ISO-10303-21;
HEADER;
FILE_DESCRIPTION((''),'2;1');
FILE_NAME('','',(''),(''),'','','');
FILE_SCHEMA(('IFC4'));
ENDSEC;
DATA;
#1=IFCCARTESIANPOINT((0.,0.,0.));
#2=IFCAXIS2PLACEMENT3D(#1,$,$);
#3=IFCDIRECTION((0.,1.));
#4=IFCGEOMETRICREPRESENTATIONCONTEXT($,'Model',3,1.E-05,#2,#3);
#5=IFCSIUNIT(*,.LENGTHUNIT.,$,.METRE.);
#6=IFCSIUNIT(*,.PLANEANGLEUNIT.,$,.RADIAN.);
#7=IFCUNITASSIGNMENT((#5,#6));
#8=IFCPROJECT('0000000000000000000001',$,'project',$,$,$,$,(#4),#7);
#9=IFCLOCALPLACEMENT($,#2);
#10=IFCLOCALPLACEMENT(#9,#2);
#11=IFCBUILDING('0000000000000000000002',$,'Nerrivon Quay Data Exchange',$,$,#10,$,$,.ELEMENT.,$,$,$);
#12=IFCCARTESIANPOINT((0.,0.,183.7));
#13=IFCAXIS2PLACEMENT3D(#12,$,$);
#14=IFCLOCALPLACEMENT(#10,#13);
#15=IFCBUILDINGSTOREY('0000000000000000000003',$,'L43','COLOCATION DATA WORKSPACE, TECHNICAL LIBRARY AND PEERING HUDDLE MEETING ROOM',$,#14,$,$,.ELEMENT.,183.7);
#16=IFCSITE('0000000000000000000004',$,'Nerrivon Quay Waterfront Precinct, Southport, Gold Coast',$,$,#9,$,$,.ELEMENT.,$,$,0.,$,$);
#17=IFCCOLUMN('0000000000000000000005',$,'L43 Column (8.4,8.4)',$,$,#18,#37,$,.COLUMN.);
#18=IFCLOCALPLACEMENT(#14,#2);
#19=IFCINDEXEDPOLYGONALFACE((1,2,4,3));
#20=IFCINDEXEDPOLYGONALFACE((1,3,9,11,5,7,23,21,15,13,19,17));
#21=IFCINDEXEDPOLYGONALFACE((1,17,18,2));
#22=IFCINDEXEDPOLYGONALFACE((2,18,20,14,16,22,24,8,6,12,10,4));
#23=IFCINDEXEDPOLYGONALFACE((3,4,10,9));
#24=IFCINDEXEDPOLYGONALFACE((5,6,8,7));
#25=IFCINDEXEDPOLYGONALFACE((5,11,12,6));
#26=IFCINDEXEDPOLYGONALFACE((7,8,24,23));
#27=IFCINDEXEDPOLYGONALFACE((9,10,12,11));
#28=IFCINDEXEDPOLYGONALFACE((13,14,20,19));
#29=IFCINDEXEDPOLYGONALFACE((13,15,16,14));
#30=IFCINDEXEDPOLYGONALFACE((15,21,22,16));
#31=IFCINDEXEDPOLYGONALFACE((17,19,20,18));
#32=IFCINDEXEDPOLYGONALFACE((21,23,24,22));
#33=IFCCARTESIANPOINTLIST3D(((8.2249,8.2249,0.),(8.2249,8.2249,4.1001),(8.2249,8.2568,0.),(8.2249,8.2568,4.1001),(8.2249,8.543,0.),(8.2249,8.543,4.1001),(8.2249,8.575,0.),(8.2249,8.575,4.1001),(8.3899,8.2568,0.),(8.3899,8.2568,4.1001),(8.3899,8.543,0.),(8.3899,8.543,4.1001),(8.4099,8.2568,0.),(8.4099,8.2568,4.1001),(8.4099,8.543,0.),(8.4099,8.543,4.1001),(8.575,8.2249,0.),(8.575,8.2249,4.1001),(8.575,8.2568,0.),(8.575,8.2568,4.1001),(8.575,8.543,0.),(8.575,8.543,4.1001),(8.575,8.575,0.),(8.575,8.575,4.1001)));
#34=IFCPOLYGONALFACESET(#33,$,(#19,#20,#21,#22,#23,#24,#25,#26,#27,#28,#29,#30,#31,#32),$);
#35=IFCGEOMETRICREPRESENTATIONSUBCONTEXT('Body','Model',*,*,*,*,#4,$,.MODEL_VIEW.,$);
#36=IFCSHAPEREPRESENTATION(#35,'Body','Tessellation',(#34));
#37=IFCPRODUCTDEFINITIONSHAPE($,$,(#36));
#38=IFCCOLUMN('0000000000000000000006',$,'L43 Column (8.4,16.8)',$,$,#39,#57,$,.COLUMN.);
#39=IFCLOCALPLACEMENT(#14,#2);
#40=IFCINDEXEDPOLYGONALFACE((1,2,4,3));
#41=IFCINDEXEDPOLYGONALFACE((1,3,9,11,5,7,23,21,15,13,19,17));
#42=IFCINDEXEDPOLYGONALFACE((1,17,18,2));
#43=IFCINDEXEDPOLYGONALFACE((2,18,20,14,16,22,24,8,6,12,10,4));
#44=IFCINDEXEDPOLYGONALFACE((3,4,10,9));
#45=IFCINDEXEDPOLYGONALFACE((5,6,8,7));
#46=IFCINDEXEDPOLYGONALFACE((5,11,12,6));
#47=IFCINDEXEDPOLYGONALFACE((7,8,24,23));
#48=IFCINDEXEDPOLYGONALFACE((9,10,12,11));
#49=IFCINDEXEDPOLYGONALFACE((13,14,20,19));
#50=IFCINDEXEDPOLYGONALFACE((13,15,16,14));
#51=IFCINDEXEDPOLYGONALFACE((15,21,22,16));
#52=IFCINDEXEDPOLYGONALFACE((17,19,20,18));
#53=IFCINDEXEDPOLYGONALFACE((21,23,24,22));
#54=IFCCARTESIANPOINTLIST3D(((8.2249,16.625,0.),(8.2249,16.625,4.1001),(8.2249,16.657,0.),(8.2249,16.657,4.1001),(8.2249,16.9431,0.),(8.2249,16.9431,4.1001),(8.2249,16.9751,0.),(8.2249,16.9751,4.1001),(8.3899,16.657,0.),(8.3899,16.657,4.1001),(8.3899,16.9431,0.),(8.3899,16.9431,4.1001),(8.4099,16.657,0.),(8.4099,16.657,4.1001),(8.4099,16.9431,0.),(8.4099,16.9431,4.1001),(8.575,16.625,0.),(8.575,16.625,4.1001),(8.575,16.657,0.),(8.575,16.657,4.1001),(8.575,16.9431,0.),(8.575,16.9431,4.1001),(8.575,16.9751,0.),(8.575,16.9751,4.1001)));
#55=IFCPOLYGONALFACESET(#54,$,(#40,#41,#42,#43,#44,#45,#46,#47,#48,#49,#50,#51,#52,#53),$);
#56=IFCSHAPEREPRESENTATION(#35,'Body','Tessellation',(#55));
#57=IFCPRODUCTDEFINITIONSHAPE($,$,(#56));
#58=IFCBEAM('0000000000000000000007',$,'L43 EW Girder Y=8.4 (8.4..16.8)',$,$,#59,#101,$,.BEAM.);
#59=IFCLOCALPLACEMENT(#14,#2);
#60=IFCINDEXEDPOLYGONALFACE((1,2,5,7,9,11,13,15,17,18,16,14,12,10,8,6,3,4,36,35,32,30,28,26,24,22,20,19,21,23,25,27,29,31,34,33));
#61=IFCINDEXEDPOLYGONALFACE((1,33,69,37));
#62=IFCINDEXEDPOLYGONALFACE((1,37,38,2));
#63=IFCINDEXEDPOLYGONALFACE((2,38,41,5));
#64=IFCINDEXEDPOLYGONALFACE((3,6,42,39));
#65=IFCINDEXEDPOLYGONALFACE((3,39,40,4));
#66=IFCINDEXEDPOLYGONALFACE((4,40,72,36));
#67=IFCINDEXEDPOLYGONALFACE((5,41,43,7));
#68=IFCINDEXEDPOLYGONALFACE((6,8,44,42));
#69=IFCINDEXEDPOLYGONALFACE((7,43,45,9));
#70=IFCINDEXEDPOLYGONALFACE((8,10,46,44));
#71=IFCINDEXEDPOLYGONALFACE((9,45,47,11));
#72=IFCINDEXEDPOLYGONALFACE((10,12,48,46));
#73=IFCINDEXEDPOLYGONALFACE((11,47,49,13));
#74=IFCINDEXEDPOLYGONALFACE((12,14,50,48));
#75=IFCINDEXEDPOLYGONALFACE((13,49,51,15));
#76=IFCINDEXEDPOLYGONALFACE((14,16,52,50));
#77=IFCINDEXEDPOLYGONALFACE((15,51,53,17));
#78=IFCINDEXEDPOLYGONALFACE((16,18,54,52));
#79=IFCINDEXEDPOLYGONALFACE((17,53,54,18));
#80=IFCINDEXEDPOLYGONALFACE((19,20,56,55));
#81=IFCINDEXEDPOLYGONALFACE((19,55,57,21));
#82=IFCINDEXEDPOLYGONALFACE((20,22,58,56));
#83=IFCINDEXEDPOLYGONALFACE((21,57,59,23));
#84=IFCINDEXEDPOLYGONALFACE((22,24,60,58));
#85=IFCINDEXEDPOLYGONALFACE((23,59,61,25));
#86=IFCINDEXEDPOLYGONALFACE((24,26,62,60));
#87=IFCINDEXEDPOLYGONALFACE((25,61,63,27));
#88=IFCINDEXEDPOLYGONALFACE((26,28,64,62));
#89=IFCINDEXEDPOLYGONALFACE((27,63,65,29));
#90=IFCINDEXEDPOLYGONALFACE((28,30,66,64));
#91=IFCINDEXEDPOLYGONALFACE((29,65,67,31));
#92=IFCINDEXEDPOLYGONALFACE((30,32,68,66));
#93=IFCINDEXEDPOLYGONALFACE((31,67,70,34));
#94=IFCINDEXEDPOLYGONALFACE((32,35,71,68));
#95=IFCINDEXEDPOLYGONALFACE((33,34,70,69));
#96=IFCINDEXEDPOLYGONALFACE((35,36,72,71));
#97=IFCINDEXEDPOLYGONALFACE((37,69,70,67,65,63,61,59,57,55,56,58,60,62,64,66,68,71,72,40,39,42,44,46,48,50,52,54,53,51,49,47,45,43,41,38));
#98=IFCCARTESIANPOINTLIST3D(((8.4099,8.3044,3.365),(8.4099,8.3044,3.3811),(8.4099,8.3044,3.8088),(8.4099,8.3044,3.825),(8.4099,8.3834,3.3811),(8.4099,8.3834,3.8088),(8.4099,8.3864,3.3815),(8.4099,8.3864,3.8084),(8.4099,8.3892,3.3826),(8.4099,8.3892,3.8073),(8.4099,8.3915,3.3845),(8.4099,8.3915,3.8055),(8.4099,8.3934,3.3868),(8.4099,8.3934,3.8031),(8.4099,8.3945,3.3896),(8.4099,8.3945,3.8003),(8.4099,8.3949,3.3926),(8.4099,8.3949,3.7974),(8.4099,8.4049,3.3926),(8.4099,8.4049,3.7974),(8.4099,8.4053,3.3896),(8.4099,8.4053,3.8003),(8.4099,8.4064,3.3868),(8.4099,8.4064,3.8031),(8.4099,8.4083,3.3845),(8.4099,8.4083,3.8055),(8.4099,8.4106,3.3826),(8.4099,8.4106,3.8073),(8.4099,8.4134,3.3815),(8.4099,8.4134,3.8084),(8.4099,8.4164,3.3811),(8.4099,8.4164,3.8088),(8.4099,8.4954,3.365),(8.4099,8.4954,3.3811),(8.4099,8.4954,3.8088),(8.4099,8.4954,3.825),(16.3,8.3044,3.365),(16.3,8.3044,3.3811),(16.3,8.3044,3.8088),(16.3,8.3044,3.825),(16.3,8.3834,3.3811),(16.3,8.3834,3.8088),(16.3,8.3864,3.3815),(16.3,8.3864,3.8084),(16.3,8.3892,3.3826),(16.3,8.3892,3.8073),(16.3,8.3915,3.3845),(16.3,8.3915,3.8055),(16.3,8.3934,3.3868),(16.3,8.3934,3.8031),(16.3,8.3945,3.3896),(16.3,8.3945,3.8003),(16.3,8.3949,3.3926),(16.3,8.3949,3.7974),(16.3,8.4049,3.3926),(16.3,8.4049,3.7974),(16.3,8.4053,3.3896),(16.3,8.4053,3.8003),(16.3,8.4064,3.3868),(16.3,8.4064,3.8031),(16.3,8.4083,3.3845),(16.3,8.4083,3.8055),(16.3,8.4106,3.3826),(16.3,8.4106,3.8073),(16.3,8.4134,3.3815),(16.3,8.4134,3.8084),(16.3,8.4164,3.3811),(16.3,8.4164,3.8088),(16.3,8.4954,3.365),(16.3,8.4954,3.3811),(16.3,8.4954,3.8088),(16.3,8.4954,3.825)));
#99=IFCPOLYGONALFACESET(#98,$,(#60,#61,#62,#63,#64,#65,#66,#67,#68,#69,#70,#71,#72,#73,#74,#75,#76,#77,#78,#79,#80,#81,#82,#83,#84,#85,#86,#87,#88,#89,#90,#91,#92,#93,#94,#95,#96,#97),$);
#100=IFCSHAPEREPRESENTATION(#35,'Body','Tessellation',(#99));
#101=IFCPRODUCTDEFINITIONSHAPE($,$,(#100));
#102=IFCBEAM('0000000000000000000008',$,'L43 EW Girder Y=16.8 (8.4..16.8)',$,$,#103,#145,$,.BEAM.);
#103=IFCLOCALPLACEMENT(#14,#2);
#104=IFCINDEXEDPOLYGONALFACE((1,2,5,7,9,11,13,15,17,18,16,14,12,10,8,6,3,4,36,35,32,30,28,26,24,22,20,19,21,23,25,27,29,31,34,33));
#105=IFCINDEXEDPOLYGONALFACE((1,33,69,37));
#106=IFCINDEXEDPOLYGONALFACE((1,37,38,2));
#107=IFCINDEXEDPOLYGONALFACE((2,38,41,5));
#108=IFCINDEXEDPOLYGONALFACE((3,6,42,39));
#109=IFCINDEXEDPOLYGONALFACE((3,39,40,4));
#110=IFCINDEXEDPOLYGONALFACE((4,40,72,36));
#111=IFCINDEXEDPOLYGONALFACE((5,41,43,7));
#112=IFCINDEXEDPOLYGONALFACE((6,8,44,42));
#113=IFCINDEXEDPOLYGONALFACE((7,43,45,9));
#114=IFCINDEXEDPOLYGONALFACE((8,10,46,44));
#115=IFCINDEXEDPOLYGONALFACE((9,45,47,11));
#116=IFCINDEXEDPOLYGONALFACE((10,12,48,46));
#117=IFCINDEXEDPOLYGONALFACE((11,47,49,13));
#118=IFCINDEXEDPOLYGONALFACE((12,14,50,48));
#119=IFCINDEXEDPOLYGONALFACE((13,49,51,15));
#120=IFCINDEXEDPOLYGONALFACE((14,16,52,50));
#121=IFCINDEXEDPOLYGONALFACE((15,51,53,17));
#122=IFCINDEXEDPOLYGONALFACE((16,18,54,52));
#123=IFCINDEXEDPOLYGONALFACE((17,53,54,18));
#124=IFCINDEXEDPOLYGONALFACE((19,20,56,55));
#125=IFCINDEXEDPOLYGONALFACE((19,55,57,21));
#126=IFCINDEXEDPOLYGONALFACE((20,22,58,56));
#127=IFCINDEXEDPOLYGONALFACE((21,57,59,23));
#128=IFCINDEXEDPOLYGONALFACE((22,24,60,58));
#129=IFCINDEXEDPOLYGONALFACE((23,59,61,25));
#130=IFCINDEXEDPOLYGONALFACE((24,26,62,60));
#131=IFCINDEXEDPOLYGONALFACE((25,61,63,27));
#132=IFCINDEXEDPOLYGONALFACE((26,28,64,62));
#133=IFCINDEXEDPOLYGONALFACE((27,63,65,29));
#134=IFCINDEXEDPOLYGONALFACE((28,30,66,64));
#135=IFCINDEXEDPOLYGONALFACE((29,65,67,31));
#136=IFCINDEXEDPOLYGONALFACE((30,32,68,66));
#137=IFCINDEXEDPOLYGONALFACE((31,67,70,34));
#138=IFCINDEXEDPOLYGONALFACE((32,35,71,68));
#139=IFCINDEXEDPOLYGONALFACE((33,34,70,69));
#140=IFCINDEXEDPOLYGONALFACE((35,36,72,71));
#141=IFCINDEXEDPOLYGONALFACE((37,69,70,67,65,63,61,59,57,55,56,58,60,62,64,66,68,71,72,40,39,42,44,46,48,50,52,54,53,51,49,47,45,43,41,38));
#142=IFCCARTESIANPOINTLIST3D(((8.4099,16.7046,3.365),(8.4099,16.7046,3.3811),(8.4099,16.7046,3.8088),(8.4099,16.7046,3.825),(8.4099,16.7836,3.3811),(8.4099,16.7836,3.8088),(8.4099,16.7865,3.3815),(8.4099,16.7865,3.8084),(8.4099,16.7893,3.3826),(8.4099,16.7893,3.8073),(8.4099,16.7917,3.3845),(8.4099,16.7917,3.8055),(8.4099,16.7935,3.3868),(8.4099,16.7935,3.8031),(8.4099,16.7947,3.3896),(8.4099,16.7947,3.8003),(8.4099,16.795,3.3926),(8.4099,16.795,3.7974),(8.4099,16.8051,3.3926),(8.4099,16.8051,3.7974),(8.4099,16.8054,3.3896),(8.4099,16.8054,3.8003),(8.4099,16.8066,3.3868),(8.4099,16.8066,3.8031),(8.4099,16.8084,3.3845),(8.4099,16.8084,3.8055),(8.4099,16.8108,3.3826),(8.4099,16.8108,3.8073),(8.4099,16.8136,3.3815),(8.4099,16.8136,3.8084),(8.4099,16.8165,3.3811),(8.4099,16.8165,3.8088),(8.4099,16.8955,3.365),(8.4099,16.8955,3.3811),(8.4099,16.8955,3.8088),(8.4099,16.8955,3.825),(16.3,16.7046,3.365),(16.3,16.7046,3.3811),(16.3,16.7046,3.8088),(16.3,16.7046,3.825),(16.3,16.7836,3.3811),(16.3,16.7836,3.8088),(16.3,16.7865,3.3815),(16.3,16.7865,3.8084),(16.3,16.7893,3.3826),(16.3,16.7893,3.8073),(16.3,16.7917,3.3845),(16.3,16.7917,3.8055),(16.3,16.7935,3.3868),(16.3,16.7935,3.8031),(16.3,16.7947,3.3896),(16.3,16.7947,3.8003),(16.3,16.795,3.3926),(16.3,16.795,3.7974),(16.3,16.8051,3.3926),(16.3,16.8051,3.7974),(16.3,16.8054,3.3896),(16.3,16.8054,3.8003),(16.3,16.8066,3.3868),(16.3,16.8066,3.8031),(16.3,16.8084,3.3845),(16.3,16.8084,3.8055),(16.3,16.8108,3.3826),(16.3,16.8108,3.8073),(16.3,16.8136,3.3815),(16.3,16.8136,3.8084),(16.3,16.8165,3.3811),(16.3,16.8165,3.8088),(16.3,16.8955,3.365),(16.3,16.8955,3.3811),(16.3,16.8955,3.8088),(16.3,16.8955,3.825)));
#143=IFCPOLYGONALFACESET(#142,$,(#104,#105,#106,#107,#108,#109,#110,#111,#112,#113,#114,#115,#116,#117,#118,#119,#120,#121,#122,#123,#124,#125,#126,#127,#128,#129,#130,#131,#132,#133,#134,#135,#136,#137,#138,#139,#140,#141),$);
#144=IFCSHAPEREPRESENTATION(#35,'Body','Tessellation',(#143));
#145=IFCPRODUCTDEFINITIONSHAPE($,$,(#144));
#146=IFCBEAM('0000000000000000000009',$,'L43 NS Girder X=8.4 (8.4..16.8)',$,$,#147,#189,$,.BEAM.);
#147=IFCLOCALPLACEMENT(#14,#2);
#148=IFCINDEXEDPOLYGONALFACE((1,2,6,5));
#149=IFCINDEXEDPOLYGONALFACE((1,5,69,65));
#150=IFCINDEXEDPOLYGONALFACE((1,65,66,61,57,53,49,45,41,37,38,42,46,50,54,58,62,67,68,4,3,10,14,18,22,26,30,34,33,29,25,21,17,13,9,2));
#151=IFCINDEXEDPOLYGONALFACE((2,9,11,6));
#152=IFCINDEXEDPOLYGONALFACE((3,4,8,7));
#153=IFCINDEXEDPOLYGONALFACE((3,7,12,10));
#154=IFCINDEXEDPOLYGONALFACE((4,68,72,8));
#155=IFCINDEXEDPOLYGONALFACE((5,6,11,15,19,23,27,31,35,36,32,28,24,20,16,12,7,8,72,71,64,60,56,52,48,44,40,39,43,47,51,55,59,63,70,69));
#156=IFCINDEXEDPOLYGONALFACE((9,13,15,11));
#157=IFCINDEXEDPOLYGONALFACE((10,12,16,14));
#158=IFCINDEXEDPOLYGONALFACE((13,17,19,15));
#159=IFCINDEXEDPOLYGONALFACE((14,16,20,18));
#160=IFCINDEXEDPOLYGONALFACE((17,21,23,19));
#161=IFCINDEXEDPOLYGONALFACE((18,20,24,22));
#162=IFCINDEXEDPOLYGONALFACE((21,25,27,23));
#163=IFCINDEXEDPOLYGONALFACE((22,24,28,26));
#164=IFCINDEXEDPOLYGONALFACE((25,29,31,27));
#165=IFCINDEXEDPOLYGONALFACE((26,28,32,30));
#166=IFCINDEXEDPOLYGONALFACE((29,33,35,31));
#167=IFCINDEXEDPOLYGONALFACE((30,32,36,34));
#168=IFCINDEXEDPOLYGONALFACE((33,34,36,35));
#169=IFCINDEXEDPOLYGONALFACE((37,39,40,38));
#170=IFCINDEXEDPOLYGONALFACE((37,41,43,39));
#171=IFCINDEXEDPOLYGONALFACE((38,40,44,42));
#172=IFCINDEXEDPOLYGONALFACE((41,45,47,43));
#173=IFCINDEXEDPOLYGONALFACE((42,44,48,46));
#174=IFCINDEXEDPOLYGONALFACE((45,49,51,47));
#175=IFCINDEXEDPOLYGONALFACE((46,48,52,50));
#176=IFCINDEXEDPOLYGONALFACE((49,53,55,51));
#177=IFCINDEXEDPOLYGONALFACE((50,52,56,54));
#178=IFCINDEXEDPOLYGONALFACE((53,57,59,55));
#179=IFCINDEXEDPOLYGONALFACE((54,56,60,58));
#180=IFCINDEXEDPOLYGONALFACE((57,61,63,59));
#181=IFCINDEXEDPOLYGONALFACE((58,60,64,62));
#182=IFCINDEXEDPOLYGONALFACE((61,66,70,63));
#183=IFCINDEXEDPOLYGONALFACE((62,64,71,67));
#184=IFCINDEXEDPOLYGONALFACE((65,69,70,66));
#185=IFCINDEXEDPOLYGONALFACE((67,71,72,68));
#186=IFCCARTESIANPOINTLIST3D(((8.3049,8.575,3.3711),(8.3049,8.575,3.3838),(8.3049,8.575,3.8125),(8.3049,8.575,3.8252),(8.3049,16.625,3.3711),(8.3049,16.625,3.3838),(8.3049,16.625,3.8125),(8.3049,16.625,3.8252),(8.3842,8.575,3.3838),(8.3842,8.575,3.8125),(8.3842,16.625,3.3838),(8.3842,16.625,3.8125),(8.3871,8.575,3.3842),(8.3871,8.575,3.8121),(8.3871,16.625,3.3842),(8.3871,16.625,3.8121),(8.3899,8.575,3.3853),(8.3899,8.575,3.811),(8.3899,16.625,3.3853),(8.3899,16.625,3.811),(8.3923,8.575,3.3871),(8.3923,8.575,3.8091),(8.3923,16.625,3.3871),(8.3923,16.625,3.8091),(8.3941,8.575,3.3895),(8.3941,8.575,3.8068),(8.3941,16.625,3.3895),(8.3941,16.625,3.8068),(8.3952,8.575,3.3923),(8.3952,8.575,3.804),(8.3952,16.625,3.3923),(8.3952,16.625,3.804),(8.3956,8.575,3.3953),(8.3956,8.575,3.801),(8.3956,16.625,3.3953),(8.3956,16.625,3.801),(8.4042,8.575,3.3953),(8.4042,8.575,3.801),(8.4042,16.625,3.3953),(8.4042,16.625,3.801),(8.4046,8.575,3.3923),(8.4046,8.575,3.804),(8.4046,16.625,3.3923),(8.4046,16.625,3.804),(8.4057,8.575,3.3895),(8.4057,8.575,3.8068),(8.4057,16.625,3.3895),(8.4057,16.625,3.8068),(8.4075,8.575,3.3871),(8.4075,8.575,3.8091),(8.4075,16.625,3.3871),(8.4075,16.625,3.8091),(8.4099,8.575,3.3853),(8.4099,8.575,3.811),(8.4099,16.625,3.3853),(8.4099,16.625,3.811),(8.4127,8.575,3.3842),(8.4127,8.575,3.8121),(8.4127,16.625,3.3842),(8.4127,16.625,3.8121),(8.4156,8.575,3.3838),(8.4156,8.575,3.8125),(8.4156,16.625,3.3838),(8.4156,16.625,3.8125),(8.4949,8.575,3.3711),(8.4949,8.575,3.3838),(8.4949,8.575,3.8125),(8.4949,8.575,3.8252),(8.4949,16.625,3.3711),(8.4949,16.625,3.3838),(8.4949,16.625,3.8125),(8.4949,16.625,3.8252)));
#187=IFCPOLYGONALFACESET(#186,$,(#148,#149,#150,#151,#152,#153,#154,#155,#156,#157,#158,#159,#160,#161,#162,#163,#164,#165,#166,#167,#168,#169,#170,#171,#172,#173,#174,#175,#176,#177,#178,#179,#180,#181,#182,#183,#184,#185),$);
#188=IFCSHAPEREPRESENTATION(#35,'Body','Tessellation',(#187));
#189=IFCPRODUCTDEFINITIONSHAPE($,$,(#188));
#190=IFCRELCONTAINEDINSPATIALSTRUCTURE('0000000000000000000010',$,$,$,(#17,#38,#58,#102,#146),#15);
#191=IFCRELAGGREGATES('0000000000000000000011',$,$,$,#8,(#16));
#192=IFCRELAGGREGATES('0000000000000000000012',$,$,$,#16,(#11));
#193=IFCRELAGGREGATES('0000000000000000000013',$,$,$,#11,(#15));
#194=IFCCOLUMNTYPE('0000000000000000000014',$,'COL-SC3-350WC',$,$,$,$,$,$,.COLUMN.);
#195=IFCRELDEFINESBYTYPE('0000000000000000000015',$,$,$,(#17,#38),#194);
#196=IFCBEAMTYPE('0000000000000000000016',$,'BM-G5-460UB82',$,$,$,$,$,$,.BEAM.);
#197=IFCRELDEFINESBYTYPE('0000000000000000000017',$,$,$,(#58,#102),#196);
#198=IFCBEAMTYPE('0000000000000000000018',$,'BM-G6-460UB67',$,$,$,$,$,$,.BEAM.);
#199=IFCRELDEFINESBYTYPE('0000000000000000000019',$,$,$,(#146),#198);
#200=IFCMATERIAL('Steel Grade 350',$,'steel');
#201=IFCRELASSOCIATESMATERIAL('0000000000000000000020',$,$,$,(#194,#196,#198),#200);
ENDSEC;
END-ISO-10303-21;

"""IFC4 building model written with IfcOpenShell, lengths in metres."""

from ifc_helpers import new_model, si_unit, direction, frame, origin, origin_2d, place, context, subcontext, project, spatial, i_section, extrude, material, material_profile, profile_set, type_object, element, save


model = new_model("IFC4")

# Units and contexts
model_context = context("Model", 3, precision=1e-05, world=origin(), true_north=direction((0.0, 1.0)))
body_context = subcontext(model_context, "Body", "Model", "MODEL_VIEW")
ifc_project = project(units=[si_unit("LENGTHUNIT", "METRE"), si_unit("PLANEANGLEUNIT", "RADIAN")], contexts=[model_context])

# Site, building, storey
site_placement = place(None, origin())
site = spatial("IfcSite", under=ifc_project, at=site_placement, Name="Nerrivon Quay Waterfront Precinct, Southport, Gold Coast", CompositionType="ELEMENT", RefElevation=0.0)
building_placement = place(site_placement, origin())
building = spatial("IfcBuilding", under=site, at=building_placement, Name="Nerrivon Quay Data Exchange", CompositionType="ELEMENT")
storey_placement = place(building_placement, frame((0.0, 0.0, 183.7)))
storey = spatial("IfcBuildingStorey", under=building, at=storey_placement, Name="L43", Description="COLOCATION DATA WORKSPACE, TECHNICAL LIBRARY AND PEERING HUDDLE MEETING ROOM", CompositionType="ELEMENT", Elevation=183.7)

# Columns
ifc_material_1 = material(Name="Steel Grade 350", Category="steel")
ifc_material_profile_1 = material_profile(ifc_material_1, i_section(OverallWidth=0.3501, OverallDepth=0.3501, WebThickness=0.02, FlangeThickness=0.032, at=origin_2d()), Name="350WC230")
ifc_profile_set_1 = profile_set([ifc_material_profile_1], Name="Steel Grade 350")
column_type = type_object("IfcColumnType", Name="COL-SC3-350WC", PredefinedType="COLUMN", material=ifc_profile_set_1)
for number, where, z_axis, x_axis, name in (
    (1, (8.3999, 8.3999, 0.0), (0.0, 0.0, 1.0), (1.0, 0.0, 0.0), "L43 Column (8.4,8.4)"),
    (2, (8.3999, 16.8, 0.0), (0.0, 0.0, 1.0), (1.0, 0.0, 0.0), "L43 Column (8.4,16.8)"),
):
    element("IfcColumn", number, at=place(storey_placement, frame(where, z_axis=z_axis, x_axis=x_axis)), inside=storey, type_object=column_type, Name=name, PredefinedType="COLUMN", context=body_context, shape_type="SweptSolid", body=[
        extrude(i_section(OverallWidth=0.3501, OverallDepth=0.3501, WebThickness=0.02, FlangeThickness=0.032, at=origin_2d()), origin(), (0.0, 0.0, 1.0), 4.1001),
    ])

# Beams
ifc_material_profile_2 = material_profile(ifc_material_1, i_section(OverallWidth=0.1909, OverallDepth=0.46, WebThickness=0.01, FlangeThickness=0.0161, FilletRadius=0.0115, at=origin_2d()), Name="460UB82.1")
ifc_profile_set_2 = profile_set([ifc_material_profile_2], Name="Steel Grade 350")
beam_type_1 = type_object("IfcBeamType", Name="BM-G5-460UB82", PredefinedType="BEAM", material=ifc_profile_set_2)
for number, where, z_axis, x_axis, name in (
    (3, (8.4099, 8.3999, 3.595), (1.0, 0.0, 0.0), (0.0, 1.0, 0.0), "L43 EW Girder Y=8.4 (8.4..16.8)"),
    (4, (8.4099, 16.8, 3.595), (1.0, 0.0, 0.0), (0.0, 1.0, 0.0), "L43 EW Girder Y=16.8 (8.4..16.8)"),
):
    element("IfcBeam", number, at=place(storey_placement, frame(where, z_axis=z_axis, x_axis=x_axis)), inside=storey, type_object=beam_type_1, Name=name, PredefinedType="BEAM", context=body_context, shape_type="SweptSolid", body=[
        extrude(i_section(OverallWidth=0.1909, OverallDepth=0.46, WebThickness=0.01, FlangeThickness=0.0161, FilletRadius=0.0115, at=origin_2d()), origin(), (0.0, 0.0, 1.0), 7.8901),
    ])
ifc_material_profile_3 = material_profile(ifc_material_1, i_section(OverallWidth=0.1899, OverallDepth=0.4541, WebThickness=0.0085, FlangeThickness=0.0127, FilletRadius=0.0115, at=origin_2d()), Name="460UB67.1")
ifc_profile_set_3 = profile_set([ifc_material_profile_3], Name="Steel Grade 350")
beam_type_2 = type_object("IfcBeamType", Name="BM-G6-460UB67", PredefinedType="BEAM", material=ifc_profile_set_3)
beam_1_placement = place(storey_placement, frame((8.3999, 8.575, 3.5981), z_axis=(0.0, 1.0, 0.0), x_axis=(-1.0, 0.0, 0.0)))
element("IfcBeam", 5, at=beam_1_placement, inside=storey, type_object=beam_type_2, Name="L43 NS Girder X=8.4 (8.4..16.8)", PredefinedType="BEAM", context=body_context, shape_type="SweptSolid", body=[
    extrude(i_section(OverallWidth=0.1899, OverallDepth=0.4541, WebThickness=0.0085, FlangeThickness=0.0127, FilletRadius=0.0115, at=origin_2d()), origin(), (0.0, 0.0, 1.0), 8.05),
])

save(model, "model.ifc")
